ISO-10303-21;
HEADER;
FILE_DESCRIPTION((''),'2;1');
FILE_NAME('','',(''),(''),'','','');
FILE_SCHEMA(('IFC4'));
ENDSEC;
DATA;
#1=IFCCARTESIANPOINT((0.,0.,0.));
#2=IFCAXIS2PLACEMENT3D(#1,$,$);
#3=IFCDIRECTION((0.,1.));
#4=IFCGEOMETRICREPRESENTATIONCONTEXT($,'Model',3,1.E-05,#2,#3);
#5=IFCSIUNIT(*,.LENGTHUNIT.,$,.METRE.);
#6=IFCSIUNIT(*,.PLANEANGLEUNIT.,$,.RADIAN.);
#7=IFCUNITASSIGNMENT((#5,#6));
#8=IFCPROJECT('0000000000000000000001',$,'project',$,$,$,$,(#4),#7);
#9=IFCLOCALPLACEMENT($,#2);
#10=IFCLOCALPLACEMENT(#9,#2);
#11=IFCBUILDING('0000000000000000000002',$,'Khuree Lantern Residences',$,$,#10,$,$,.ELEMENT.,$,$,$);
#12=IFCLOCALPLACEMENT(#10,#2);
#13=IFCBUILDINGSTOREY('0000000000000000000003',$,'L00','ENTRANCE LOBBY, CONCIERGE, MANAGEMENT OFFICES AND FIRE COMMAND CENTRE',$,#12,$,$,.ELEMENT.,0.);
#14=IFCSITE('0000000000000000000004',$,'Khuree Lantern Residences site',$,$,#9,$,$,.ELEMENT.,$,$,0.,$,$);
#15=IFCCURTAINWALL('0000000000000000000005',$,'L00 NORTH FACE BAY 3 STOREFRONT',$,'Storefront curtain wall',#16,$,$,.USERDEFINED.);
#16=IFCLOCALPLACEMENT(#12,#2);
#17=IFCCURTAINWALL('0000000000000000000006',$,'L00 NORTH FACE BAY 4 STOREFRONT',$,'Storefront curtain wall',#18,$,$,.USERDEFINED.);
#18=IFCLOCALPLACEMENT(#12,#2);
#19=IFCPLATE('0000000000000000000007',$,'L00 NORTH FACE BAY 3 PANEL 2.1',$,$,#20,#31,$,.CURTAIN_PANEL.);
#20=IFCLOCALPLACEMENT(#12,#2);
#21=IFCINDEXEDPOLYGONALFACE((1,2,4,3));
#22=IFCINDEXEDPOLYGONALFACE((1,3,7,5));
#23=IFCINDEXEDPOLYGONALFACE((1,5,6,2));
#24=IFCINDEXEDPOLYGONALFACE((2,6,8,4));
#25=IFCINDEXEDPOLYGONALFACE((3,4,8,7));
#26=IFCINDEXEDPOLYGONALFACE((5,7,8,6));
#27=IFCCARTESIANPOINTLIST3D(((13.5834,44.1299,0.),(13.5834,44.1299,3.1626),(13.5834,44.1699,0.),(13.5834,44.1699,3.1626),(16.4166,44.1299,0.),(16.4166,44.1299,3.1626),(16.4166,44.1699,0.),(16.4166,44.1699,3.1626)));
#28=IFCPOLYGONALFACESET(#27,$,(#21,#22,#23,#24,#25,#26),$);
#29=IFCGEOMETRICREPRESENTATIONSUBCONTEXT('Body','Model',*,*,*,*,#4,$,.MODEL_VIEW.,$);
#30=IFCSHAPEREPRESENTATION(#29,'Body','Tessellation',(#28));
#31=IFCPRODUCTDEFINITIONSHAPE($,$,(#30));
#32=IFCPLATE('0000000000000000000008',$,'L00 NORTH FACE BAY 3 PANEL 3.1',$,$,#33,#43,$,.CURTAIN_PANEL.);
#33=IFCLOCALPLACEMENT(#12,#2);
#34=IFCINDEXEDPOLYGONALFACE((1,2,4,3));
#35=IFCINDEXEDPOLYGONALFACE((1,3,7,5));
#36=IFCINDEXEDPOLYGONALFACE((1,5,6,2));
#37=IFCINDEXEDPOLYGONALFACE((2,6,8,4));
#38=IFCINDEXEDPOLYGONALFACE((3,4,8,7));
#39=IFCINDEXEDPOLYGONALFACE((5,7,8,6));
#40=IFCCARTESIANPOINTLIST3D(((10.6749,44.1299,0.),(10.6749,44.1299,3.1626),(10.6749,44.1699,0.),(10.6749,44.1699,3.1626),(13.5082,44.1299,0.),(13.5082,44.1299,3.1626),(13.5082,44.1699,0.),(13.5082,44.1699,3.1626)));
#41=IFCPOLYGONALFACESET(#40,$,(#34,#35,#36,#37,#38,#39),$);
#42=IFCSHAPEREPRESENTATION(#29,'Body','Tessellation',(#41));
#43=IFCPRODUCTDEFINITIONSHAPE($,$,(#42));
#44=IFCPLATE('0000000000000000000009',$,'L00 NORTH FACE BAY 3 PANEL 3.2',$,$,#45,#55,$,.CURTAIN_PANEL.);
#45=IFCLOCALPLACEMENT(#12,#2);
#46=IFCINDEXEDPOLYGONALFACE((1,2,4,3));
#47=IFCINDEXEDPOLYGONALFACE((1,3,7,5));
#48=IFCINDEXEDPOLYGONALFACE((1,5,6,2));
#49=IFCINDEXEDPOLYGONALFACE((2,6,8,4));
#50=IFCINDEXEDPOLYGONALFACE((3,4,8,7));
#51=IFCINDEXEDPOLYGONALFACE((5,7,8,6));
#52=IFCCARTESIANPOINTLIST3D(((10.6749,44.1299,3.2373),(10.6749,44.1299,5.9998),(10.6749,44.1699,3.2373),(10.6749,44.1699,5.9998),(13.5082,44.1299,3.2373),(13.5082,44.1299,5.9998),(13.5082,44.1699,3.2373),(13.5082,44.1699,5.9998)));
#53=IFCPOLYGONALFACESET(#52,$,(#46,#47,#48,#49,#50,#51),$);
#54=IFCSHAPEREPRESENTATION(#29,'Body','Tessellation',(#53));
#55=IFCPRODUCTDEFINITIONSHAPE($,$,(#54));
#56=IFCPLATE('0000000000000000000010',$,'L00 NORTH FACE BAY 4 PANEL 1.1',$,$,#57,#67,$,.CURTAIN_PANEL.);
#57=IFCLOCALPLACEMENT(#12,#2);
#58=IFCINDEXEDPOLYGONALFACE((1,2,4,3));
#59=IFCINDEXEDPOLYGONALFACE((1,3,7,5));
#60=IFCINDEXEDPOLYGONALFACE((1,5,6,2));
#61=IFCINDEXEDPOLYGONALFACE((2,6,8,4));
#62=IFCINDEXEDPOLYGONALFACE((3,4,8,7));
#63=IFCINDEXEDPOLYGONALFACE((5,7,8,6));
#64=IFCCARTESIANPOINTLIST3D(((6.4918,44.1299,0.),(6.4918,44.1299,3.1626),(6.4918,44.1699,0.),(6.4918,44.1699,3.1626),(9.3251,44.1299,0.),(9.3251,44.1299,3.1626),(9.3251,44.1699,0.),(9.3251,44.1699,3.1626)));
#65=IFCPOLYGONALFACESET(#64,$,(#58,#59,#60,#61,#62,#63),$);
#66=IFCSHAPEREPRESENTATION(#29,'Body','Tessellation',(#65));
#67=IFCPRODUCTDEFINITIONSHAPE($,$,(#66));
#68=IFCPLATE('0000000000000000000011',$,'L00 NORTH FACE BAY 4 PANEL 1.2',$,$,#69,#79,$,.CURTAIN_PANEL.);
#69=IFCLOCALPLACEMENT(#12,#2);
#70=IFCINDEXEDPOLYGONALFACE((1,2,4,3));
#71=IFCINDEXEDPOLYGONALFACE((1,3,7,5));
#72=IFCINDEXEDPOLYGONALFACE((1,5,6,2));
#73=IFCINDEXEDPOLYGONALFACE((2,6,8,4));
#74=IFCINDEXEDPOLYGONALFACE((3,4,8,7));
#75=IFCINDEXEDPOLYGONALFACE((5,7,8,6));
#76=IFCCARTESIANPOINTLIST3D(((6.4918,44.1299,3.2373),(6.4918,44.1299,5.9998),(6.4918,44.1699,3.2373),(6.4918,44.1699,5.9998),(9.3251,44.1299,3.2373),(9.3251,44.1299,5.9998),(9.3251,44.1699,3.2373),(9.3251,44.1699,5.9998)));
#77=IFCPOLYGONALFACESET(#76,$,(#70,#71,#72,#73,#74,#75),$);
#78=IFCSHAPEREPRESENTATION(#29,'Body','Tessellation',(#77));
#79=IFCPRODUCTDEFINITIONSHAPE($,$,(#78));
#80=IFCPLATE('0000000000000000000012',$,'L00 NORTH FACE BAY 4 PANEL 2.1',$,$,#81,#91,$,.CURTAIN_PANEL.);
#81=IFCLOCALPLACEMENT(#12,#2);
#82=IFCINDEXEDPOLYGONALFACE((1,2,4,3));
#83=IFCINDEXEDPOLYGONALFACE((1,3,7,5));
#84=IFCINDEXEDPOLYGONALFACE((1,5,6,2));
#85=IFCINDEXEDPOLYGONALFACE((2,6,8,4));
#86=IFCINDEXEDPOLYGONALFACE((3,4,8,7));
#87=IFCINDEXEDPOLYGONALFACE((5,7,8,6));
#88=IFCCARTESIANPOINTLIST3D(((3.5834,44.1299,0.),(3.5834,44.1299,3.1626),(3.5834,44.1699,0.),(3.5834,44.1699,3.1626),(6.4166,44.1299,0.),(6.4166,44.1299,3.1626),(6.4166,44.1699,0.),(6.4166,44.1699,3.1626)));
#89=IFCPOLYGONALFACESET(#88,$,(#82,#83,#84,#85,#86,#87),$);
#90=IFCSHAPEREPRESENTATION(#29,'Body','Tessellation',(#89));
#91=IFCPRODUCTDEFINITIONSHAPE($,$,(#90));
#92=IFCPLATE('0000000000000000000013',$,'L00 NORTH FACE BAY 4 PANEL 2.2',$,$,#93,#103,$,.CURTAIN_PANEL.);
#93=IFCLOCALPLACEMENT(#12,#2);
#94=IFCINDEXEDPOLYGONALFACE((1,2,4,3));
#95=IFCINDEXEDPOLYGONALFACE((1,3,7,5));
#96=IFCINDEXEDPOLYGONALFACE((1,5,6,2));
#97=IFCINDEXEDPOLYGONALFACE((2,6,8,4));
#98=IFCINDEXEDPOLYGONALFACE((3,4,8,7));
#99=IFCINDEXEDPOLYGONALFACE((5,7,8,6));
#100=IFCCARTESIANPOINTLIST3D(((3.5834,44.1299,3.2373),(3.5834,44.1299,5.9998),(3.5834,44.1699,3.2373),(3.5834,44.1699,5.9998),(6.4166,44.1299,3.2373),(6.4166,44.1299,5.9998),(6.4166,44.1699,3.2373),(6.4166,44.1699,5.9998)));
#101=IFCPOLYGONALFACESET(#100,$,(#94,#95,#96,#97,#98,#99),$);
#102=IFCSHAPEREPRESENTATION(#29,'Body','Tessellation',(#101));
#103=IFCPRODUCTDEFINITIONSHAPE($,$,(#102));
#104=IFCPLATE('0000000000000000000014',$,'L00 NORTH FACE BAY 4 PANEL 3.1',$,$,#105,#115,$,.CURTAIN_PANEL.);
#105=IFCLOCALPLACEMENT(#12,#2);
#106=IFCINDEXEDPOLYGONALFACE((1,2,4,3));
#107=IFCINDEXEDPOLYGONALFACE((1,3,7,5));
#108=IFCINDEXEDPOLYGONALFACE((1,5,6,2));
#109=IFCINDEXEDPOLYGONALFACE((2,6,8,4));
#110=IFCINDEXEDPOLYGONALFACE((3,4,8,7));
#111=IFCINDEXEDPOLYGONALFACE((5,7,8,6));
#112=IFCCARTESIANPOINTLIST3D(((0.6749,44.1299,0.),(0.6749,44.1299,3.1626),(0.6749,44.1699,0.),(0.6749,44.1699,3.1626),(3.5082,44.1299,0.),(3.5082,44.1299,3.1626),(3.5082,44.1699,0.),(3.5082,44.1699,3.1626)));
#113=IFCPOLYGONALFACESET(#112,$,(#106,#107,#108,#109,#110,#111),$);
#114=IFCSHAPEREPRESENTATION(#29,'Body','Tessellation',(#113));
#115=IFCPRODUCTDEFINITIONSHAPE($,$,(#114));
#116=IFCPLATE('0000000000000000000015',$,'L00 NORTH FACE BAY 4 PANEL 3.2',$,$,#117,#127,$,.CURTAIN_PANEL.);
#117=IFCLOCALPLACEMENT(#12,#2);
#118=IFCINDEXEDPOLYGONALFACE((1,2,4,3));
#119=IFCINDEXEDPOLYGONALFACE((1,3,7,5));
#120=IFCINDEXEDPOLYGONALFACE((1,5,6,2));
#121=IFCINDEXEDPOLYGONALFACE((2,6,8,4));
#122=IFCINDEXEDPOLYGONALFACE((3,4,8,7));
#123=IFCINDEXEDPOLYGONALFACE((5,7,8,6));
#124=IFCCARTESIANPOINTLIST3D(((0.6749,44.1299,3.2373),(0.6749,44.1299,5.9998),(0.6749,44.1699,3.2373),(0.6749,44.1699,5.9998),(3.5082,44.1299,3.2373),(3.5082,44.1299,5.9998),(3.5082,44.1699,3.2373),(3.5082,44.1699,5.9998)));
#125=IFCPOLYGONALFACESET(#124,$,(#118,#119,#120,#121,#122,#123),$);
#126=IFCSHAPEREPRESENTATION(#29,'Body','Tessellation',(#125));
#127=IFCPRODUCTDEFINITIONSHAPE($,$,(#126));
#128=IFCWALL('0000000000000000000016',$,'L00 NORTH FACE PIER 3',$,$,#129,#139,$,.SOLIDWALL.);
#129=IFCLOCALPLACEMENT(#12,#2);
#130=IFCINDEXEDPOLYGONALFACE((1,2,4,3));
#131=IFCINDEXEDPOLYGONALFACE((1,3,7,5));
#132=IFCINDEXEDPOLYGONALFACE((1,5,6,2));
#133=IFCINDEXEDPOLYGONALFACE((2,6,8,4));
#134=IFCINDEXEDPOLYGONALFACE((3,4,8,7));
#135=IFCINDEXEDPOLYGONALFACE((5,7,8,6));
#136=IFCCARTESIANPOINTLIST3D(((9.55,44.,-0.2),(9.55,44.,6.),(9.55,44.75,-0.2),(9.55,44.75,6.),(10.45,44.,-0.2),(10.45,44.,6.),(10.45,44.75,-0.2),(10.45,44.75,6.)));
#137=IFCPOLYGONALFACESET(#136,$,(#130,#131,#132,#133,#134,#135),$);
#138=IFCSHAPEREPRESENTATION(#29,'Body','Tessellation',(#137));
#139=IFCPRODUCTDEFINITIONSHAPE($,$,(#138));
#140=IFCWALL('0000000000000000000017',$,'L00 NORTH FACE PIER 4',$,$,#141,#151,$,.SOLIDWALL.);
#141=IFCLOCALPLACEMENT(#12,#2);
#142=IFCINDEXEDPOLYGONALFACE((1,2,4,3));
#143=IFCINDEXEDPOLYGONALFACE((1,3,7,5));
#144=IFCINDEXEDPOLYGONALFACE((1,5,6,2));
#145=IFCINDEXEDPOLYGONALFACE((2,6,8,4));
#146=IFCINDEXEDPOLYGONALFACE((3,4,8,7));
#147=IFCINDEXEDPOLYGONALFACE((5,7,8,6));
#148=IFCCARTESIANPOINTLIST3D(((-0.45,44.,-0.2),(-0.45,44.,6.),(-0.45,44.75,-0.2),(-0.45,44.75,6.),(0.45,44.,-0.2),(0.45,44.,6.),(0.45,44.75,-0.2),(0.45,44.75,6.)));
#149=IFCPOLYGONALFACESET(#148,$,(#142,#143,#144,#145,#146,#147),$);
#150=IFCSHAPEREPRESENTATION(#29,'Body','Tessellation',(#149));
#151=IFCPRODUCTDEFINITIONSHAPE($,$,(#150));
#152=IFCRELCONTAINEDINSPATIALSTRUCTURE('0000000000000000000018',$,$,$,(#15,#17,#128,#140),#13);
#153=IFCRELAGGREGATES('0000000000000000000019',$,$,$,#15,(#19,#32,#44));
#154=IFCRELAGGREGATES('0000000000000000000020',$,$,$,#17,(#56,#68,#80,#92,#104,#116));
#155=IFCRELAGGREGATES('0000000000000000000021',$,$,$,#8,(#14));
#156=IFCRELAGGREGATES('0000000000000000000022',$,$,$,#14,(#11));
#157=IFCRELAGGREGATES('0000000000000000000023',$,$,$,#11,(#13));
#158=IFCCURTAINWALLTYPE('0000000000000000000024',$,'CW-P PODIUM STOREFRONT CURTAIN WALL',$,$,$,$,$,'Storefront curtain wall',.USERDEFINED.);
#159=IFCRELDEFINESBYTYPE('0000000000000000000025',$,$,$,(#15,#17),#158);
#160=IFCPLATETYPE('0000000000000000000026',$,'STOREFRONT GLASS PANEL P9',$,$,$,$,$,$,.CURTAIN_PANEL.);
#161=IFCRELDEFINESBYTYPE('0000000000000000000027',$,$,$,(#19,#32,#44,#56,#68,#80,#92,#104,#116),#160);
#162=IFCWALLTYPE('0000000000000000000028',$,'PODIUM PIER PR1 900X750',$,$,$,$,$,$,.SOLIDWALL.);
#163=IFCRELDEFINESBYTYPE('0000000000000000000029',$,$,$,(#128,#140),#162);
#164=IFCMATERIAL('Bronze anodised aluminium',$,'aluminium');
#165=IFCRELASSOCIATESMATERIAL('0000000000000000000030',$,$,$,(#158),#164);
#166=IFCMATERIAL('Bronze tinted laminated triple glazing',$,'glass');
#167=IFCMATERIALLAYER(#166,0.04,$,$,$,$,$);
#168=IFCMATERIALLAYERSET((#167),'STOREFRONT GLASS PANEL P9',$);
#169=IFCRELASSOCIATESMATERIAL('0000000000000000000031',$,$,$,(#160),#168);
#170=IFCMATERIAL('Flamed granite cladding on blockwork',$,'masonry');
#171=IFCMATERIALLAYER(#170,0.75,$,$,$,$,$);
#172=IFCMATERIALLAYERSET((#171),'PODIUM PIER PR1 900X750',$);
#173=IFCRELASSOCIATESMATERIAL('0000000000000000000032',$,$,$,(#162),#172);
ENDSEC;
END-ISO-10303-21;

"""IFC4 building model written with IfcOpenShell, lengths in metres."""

from ifc_helpers import new_model, si_unit, direction, frame, frame_2d, origin, origin_2d, place, context, subcontext, project, spatial, rectangle, extrude, material, layer, layer_set, type_object, element, aggregate, save


model = new_model("IFC4")

# Units and contexts
model_context = context("Model", 3, precision=1e-05, world=origin(), true_north=direction((0.0, 1.0)))
body_context = subcontext(model_context, "Body", "Model", "MODEL_VIEW")
ifc_project = project(units=[si_unit("LENGTHUNIT", "METRE"), si_unit("PLANEANGLEUNIT", "RADIAN")], contexts=[model_context])

# Site, building, storey
site_placement = place(None, origin())
site = spatial("IfcSite", under=ifc_project, at=site_placement, Name="Khuree Lantern Residences site", CompositionType="ELEMENT", RefElevation=0.0)
building_placement = place(site_placement, origin())
building = spatial("IfcBuilding", under=site, at=building_placement, Name="Khuree Lantern Residences", CompositionType="ELEMENT")
storey_placement = place(building_placement, origin())
storey = spatial("IfcBuildingStorey", under=building, at=storey_placement, Name="L00", Description="ENTRANCE LOBBY, CONCIERGE, MANAGEMENT OFFICES AND FIRE COMMAND CENTRE", CompositionType="ELEMENT", Elevation=0.0)

# Curtain walls
ifc_material_1 = material(Name="Bronze anodised aluminium", Category="aluminium")
curtain_wall_type = type_object("IfcCurtainWallType", Name="CW-P PODIUM STOREFRONT CURTAIN WALL", ElementType="Storefront curtain wall", PredefinedType="USERDEFINED", material=ifc_material_1)
curtain_wall_1_placement = place(storey_placement, origin())
curtain_wall_1 = element("IfcCurtainWall", 1, at=curtain_wall_1_placement, inside=storey, type_object=curtain_wall_type, Name="L00 NORTH FACE BAY 3 STOREFRONT", ObjectType="Storefront curtain wall", PredefinedType="USERDEFINED")
curtain_wall_2_placement = place(storey_placement, origin())
curtain_wall_2 = element("IfcCurtainWall", 2, at=curtain_wall_2_placement, inside=storey, type_object=curtain_wall_type, Name="L00 NORTH FACE BAY 4 STOREFRONT", ObjectType="Storefront curtain wall", PredefinedType="USERDEFINED")

# Plates
ifc_material_2 = material(Name="Bronze tinted laminated triple glazing", Category="glass")
ifc_layer_1 = layer(ifc_material_2, 0.04)
ifc_layer_set_1 = layer_set([ifc_layer_1], Name="STOREFRONT GLASS PANEL P9")
plate_type = type_object("IfcPlateType", Name="STOREFRONT GLASS PANEL P9", PredefinedType="CURTAIN_PANEL", material=ifc_layer_set_1)
plate_1_placement = place(storey_placement, frame((15.0, 44.1499, 0.0), z_axis=(0.0, 0.0, 1.0), x_axis=(-1.0, 0.0, 0.0)))
plate_1 = element("IfcPlate", 3, at=plate_1_placement, type_object=plate_type, Name="L00 NORTH FACE BAY 3 PANEL 2.1", PredefinedType="CURTAIN_PANEL", context=body_context, shape_type="SweptSolid", body=[
    extrude(rectangle(XDim=2.8333, YDim=0.04, at=origin_2d()), origin(), (0.0, 0.0, 1.0), 3.1626),
])
plate_2_placement = place(storey_placement, frame((12.0916, 44.1499, 0.0), z_axis=(0.0, 0.0, 1.0), x_axis=(-1.0, 0.0, 0.0)))
plate_2 = element("IfcPlate", 4, at=plate_2_placement, type_object=plate_type, Name="L00 NORTH FACE BAY 3 PANEL 3.1", PredefinedType="CURTAIN_PANEL", context=body_context, shape_type="SweptSolid", body=[
    extrude(rectangle(XDim=2.8333, YDim=0.04, at=origin_2d()), origin(), (0.0, 0.0, 1.0), 3.1626),
])
plate_3_placement = place(storey_placement, frame((12.0916, 44.1499, 3.2373), z_axis=(0.0, 0.0, 1.0), x_axis=(-1.0, 0.0, 0.0)))
plate_3 = element("IfcPlate", 5, at=plate_3_placement, type_object=plate_type, Name="L00 NORTH FACE BAY 3 PANEL 3.2", PredefinedType="CURTAIN_PANEL", context=body_context, shape_type="SweptSolid", body=[
    extrude(rectangle(XDim=2.8333, YDim=0.04, at=origin_2d()), origin(), (0.0, 0.0, 1.0), 2.7625),
])
aggregate(curtain_wall_1, [plate_1, plate_2, plate_3])
plate_4_placement = place(storey_placement, frame((7.9084, 44.1499, 0.0), z_axis=(0.0, 0.0, 1.0), x_axis=(-1.0, 0.0, 0.0)))
plate_4 = element("IfcPlate", 6, at=plate_4_placement, type_object=plate_type, Name="L00 NORTH FACE BAY 4 PANEL 1.1", PredefinedType="CURTAIN_PANEL", context=body_context, shape_type="SweptSolid", body=[
    extrude(rectangle(XDim=2.8333, YDim=0.04, at=origin_2d()), origin(), (0.0, 0.0, 1.0), 3.1626),
])
plate_5_placement = place(storey_placement, frame((7.9084, 44.1499, 3.2373), z_axis=(0.0, 0.0, 1.0), x_axis=(-1.0, 0.0, 0.0)))
plate_5 = element("IfcPlate", 7, at=plate_5_placement, type_object=plate_type, Name="L00 NORTH FACE BAY 4 PANEL 1.2", PredefinedType="CURTAIN_PANEL", context=body_context, shape_type="SweptSolid", body=[
    extrude(rectangle(XDim=2.8333, YDim=0.04, at=origin_2d()), origin(), (0.0, 0.0, 1.0), 2.7625),
])
plate_6_placement = place(storey_placement, frame((5.0, 44.1499, 0.0), z_axis=(0.0, 0.0, 1.0), x_axis=(-1.0, 0.0, 0.0)))
plate_6 = element("IfcPlate", 8, at=plate_6_placement, type_object=plate_type, Name="L00 NORTH FACE BAY 4 PANEL 2.1", PredefinedType="CURTAIN_PANEL", context=body_context, shape_type="SweptSolid", body=[
    extrude(rectangle(XDim=2.8333, YDim=0.04, at=origin_2d()), origin(), (0.0, 0.0, 1.0), 3.1626),
])
plate_7_placement = place(storey_placement, frame((5.0, 44.1499, 3.2373), z_axis=(0.0, 0.0, 1.0), x_axis=(-1.0, 0.0, 0.0)))
plate_7 = element("IfcPlate", 9, at=plate_7_placement, type_object=plate_type, Name="L00 NORTH FACE BAY 4 PANEL 2.2", PredefinedType="CURTAIN_PANEL", context=body_context, shape_type="SweptSolid", body=[
    extrude(rectangle(XDim=2.8333, YDim=0.04, at=origin_2d()), origin(), (0.0, 0.0, 1.0), 2.7625),
])
plate_8_placement = place(storey_placement, frame((2.0916, 44.1499, 0.0), z_axis=(0.0, 0.0, 1.0), x_axis=(-1.0, 0.0, 0.0)))
plate_8 = element("IfcPlate", 10, at=plate_8_placement, type_object=plate_type, Name="L00 NORTH FACE BAY 4 PANEL 3.1", PredefinedType="CURTAIN_PANEL", context=body_context, shape_type="SweptSolid", body=[
    extrude(rectangle(XDim=2.8333, YDim=0.04, at=origin_2d()), origin(), (0.0, 0.0, 1.0), 3.1626),
])
plate_9_placement = place(storey_placement, frame((2.0916, 44.1499, 3.2373), z_axis=(0.0, 0.0, 1.0), x_axis=(-1.0, 0.0, 0.0)))
plate_9 = element("IfcPlate", 11, at=plate_9_placement, type_object=plate_type, Name="L00 NORTH FACE BAY 4 PANEL 3.2", PredefinedType="CURTAIN_PANEL", context=body_context, shape_type="SweptSolid", body=[
    extrude(rectangle(XDim=2.8333, YDim=0.04, at=origin_2d()), origin(), (0.0, 0.0, 1.0), 2.7625),
])
aggregate(curtain_wall_2, [plate_4, plate_5, plate_6, plate_7, plate_8, plate_9])

# Walls
ifc_material_3 = material(Name="Flamed granite cladding on blockwork", Category="masonry")
ifc_layer_2 = layer(ifc_material_3, 0.75)
ifc_layer_set_2 = layer_set([ifc_layer_2], Name="PODIUM PIER PR1 900X750")
wall_type = type_object("IfcWallType", Name="PODIUM PIER PR1 900X750", PredefinedType="SOLIDWALL", material=ifc_layer_set_2)
for number, where, z_axis, x_axis, name in (
    (12, (10.45, 44.375, -0.2), (0.0, 0.0, 1.0), (-1.0, 0.0, 0.0), "L00 NORTH FACE PIER 3"),
    (13, (0.45, 44.375, -0.2), (0.0, 0.0, 1.0), (-1.0, 0.0, 0.0), "L00 NORTH FACE PIER 4"),
):
    element("IfcWall", number, at=place(storey_placement, frame(where, z_axis=z_axis, x_axis=x_axis)), inside=storey, type_object=wall_type, Name=name, PredefinedType="SOLIDWALL", context=body_context, shape_type="SweptSolid", body=[
        extrude(rectangle(XDim=0.8999, YDim=0.75, at=frame_2d((0.45, 0.0))), origin(), (0.0, 0.0, 1.0), 6.2),
    ])

save(model, "model.ifc")
